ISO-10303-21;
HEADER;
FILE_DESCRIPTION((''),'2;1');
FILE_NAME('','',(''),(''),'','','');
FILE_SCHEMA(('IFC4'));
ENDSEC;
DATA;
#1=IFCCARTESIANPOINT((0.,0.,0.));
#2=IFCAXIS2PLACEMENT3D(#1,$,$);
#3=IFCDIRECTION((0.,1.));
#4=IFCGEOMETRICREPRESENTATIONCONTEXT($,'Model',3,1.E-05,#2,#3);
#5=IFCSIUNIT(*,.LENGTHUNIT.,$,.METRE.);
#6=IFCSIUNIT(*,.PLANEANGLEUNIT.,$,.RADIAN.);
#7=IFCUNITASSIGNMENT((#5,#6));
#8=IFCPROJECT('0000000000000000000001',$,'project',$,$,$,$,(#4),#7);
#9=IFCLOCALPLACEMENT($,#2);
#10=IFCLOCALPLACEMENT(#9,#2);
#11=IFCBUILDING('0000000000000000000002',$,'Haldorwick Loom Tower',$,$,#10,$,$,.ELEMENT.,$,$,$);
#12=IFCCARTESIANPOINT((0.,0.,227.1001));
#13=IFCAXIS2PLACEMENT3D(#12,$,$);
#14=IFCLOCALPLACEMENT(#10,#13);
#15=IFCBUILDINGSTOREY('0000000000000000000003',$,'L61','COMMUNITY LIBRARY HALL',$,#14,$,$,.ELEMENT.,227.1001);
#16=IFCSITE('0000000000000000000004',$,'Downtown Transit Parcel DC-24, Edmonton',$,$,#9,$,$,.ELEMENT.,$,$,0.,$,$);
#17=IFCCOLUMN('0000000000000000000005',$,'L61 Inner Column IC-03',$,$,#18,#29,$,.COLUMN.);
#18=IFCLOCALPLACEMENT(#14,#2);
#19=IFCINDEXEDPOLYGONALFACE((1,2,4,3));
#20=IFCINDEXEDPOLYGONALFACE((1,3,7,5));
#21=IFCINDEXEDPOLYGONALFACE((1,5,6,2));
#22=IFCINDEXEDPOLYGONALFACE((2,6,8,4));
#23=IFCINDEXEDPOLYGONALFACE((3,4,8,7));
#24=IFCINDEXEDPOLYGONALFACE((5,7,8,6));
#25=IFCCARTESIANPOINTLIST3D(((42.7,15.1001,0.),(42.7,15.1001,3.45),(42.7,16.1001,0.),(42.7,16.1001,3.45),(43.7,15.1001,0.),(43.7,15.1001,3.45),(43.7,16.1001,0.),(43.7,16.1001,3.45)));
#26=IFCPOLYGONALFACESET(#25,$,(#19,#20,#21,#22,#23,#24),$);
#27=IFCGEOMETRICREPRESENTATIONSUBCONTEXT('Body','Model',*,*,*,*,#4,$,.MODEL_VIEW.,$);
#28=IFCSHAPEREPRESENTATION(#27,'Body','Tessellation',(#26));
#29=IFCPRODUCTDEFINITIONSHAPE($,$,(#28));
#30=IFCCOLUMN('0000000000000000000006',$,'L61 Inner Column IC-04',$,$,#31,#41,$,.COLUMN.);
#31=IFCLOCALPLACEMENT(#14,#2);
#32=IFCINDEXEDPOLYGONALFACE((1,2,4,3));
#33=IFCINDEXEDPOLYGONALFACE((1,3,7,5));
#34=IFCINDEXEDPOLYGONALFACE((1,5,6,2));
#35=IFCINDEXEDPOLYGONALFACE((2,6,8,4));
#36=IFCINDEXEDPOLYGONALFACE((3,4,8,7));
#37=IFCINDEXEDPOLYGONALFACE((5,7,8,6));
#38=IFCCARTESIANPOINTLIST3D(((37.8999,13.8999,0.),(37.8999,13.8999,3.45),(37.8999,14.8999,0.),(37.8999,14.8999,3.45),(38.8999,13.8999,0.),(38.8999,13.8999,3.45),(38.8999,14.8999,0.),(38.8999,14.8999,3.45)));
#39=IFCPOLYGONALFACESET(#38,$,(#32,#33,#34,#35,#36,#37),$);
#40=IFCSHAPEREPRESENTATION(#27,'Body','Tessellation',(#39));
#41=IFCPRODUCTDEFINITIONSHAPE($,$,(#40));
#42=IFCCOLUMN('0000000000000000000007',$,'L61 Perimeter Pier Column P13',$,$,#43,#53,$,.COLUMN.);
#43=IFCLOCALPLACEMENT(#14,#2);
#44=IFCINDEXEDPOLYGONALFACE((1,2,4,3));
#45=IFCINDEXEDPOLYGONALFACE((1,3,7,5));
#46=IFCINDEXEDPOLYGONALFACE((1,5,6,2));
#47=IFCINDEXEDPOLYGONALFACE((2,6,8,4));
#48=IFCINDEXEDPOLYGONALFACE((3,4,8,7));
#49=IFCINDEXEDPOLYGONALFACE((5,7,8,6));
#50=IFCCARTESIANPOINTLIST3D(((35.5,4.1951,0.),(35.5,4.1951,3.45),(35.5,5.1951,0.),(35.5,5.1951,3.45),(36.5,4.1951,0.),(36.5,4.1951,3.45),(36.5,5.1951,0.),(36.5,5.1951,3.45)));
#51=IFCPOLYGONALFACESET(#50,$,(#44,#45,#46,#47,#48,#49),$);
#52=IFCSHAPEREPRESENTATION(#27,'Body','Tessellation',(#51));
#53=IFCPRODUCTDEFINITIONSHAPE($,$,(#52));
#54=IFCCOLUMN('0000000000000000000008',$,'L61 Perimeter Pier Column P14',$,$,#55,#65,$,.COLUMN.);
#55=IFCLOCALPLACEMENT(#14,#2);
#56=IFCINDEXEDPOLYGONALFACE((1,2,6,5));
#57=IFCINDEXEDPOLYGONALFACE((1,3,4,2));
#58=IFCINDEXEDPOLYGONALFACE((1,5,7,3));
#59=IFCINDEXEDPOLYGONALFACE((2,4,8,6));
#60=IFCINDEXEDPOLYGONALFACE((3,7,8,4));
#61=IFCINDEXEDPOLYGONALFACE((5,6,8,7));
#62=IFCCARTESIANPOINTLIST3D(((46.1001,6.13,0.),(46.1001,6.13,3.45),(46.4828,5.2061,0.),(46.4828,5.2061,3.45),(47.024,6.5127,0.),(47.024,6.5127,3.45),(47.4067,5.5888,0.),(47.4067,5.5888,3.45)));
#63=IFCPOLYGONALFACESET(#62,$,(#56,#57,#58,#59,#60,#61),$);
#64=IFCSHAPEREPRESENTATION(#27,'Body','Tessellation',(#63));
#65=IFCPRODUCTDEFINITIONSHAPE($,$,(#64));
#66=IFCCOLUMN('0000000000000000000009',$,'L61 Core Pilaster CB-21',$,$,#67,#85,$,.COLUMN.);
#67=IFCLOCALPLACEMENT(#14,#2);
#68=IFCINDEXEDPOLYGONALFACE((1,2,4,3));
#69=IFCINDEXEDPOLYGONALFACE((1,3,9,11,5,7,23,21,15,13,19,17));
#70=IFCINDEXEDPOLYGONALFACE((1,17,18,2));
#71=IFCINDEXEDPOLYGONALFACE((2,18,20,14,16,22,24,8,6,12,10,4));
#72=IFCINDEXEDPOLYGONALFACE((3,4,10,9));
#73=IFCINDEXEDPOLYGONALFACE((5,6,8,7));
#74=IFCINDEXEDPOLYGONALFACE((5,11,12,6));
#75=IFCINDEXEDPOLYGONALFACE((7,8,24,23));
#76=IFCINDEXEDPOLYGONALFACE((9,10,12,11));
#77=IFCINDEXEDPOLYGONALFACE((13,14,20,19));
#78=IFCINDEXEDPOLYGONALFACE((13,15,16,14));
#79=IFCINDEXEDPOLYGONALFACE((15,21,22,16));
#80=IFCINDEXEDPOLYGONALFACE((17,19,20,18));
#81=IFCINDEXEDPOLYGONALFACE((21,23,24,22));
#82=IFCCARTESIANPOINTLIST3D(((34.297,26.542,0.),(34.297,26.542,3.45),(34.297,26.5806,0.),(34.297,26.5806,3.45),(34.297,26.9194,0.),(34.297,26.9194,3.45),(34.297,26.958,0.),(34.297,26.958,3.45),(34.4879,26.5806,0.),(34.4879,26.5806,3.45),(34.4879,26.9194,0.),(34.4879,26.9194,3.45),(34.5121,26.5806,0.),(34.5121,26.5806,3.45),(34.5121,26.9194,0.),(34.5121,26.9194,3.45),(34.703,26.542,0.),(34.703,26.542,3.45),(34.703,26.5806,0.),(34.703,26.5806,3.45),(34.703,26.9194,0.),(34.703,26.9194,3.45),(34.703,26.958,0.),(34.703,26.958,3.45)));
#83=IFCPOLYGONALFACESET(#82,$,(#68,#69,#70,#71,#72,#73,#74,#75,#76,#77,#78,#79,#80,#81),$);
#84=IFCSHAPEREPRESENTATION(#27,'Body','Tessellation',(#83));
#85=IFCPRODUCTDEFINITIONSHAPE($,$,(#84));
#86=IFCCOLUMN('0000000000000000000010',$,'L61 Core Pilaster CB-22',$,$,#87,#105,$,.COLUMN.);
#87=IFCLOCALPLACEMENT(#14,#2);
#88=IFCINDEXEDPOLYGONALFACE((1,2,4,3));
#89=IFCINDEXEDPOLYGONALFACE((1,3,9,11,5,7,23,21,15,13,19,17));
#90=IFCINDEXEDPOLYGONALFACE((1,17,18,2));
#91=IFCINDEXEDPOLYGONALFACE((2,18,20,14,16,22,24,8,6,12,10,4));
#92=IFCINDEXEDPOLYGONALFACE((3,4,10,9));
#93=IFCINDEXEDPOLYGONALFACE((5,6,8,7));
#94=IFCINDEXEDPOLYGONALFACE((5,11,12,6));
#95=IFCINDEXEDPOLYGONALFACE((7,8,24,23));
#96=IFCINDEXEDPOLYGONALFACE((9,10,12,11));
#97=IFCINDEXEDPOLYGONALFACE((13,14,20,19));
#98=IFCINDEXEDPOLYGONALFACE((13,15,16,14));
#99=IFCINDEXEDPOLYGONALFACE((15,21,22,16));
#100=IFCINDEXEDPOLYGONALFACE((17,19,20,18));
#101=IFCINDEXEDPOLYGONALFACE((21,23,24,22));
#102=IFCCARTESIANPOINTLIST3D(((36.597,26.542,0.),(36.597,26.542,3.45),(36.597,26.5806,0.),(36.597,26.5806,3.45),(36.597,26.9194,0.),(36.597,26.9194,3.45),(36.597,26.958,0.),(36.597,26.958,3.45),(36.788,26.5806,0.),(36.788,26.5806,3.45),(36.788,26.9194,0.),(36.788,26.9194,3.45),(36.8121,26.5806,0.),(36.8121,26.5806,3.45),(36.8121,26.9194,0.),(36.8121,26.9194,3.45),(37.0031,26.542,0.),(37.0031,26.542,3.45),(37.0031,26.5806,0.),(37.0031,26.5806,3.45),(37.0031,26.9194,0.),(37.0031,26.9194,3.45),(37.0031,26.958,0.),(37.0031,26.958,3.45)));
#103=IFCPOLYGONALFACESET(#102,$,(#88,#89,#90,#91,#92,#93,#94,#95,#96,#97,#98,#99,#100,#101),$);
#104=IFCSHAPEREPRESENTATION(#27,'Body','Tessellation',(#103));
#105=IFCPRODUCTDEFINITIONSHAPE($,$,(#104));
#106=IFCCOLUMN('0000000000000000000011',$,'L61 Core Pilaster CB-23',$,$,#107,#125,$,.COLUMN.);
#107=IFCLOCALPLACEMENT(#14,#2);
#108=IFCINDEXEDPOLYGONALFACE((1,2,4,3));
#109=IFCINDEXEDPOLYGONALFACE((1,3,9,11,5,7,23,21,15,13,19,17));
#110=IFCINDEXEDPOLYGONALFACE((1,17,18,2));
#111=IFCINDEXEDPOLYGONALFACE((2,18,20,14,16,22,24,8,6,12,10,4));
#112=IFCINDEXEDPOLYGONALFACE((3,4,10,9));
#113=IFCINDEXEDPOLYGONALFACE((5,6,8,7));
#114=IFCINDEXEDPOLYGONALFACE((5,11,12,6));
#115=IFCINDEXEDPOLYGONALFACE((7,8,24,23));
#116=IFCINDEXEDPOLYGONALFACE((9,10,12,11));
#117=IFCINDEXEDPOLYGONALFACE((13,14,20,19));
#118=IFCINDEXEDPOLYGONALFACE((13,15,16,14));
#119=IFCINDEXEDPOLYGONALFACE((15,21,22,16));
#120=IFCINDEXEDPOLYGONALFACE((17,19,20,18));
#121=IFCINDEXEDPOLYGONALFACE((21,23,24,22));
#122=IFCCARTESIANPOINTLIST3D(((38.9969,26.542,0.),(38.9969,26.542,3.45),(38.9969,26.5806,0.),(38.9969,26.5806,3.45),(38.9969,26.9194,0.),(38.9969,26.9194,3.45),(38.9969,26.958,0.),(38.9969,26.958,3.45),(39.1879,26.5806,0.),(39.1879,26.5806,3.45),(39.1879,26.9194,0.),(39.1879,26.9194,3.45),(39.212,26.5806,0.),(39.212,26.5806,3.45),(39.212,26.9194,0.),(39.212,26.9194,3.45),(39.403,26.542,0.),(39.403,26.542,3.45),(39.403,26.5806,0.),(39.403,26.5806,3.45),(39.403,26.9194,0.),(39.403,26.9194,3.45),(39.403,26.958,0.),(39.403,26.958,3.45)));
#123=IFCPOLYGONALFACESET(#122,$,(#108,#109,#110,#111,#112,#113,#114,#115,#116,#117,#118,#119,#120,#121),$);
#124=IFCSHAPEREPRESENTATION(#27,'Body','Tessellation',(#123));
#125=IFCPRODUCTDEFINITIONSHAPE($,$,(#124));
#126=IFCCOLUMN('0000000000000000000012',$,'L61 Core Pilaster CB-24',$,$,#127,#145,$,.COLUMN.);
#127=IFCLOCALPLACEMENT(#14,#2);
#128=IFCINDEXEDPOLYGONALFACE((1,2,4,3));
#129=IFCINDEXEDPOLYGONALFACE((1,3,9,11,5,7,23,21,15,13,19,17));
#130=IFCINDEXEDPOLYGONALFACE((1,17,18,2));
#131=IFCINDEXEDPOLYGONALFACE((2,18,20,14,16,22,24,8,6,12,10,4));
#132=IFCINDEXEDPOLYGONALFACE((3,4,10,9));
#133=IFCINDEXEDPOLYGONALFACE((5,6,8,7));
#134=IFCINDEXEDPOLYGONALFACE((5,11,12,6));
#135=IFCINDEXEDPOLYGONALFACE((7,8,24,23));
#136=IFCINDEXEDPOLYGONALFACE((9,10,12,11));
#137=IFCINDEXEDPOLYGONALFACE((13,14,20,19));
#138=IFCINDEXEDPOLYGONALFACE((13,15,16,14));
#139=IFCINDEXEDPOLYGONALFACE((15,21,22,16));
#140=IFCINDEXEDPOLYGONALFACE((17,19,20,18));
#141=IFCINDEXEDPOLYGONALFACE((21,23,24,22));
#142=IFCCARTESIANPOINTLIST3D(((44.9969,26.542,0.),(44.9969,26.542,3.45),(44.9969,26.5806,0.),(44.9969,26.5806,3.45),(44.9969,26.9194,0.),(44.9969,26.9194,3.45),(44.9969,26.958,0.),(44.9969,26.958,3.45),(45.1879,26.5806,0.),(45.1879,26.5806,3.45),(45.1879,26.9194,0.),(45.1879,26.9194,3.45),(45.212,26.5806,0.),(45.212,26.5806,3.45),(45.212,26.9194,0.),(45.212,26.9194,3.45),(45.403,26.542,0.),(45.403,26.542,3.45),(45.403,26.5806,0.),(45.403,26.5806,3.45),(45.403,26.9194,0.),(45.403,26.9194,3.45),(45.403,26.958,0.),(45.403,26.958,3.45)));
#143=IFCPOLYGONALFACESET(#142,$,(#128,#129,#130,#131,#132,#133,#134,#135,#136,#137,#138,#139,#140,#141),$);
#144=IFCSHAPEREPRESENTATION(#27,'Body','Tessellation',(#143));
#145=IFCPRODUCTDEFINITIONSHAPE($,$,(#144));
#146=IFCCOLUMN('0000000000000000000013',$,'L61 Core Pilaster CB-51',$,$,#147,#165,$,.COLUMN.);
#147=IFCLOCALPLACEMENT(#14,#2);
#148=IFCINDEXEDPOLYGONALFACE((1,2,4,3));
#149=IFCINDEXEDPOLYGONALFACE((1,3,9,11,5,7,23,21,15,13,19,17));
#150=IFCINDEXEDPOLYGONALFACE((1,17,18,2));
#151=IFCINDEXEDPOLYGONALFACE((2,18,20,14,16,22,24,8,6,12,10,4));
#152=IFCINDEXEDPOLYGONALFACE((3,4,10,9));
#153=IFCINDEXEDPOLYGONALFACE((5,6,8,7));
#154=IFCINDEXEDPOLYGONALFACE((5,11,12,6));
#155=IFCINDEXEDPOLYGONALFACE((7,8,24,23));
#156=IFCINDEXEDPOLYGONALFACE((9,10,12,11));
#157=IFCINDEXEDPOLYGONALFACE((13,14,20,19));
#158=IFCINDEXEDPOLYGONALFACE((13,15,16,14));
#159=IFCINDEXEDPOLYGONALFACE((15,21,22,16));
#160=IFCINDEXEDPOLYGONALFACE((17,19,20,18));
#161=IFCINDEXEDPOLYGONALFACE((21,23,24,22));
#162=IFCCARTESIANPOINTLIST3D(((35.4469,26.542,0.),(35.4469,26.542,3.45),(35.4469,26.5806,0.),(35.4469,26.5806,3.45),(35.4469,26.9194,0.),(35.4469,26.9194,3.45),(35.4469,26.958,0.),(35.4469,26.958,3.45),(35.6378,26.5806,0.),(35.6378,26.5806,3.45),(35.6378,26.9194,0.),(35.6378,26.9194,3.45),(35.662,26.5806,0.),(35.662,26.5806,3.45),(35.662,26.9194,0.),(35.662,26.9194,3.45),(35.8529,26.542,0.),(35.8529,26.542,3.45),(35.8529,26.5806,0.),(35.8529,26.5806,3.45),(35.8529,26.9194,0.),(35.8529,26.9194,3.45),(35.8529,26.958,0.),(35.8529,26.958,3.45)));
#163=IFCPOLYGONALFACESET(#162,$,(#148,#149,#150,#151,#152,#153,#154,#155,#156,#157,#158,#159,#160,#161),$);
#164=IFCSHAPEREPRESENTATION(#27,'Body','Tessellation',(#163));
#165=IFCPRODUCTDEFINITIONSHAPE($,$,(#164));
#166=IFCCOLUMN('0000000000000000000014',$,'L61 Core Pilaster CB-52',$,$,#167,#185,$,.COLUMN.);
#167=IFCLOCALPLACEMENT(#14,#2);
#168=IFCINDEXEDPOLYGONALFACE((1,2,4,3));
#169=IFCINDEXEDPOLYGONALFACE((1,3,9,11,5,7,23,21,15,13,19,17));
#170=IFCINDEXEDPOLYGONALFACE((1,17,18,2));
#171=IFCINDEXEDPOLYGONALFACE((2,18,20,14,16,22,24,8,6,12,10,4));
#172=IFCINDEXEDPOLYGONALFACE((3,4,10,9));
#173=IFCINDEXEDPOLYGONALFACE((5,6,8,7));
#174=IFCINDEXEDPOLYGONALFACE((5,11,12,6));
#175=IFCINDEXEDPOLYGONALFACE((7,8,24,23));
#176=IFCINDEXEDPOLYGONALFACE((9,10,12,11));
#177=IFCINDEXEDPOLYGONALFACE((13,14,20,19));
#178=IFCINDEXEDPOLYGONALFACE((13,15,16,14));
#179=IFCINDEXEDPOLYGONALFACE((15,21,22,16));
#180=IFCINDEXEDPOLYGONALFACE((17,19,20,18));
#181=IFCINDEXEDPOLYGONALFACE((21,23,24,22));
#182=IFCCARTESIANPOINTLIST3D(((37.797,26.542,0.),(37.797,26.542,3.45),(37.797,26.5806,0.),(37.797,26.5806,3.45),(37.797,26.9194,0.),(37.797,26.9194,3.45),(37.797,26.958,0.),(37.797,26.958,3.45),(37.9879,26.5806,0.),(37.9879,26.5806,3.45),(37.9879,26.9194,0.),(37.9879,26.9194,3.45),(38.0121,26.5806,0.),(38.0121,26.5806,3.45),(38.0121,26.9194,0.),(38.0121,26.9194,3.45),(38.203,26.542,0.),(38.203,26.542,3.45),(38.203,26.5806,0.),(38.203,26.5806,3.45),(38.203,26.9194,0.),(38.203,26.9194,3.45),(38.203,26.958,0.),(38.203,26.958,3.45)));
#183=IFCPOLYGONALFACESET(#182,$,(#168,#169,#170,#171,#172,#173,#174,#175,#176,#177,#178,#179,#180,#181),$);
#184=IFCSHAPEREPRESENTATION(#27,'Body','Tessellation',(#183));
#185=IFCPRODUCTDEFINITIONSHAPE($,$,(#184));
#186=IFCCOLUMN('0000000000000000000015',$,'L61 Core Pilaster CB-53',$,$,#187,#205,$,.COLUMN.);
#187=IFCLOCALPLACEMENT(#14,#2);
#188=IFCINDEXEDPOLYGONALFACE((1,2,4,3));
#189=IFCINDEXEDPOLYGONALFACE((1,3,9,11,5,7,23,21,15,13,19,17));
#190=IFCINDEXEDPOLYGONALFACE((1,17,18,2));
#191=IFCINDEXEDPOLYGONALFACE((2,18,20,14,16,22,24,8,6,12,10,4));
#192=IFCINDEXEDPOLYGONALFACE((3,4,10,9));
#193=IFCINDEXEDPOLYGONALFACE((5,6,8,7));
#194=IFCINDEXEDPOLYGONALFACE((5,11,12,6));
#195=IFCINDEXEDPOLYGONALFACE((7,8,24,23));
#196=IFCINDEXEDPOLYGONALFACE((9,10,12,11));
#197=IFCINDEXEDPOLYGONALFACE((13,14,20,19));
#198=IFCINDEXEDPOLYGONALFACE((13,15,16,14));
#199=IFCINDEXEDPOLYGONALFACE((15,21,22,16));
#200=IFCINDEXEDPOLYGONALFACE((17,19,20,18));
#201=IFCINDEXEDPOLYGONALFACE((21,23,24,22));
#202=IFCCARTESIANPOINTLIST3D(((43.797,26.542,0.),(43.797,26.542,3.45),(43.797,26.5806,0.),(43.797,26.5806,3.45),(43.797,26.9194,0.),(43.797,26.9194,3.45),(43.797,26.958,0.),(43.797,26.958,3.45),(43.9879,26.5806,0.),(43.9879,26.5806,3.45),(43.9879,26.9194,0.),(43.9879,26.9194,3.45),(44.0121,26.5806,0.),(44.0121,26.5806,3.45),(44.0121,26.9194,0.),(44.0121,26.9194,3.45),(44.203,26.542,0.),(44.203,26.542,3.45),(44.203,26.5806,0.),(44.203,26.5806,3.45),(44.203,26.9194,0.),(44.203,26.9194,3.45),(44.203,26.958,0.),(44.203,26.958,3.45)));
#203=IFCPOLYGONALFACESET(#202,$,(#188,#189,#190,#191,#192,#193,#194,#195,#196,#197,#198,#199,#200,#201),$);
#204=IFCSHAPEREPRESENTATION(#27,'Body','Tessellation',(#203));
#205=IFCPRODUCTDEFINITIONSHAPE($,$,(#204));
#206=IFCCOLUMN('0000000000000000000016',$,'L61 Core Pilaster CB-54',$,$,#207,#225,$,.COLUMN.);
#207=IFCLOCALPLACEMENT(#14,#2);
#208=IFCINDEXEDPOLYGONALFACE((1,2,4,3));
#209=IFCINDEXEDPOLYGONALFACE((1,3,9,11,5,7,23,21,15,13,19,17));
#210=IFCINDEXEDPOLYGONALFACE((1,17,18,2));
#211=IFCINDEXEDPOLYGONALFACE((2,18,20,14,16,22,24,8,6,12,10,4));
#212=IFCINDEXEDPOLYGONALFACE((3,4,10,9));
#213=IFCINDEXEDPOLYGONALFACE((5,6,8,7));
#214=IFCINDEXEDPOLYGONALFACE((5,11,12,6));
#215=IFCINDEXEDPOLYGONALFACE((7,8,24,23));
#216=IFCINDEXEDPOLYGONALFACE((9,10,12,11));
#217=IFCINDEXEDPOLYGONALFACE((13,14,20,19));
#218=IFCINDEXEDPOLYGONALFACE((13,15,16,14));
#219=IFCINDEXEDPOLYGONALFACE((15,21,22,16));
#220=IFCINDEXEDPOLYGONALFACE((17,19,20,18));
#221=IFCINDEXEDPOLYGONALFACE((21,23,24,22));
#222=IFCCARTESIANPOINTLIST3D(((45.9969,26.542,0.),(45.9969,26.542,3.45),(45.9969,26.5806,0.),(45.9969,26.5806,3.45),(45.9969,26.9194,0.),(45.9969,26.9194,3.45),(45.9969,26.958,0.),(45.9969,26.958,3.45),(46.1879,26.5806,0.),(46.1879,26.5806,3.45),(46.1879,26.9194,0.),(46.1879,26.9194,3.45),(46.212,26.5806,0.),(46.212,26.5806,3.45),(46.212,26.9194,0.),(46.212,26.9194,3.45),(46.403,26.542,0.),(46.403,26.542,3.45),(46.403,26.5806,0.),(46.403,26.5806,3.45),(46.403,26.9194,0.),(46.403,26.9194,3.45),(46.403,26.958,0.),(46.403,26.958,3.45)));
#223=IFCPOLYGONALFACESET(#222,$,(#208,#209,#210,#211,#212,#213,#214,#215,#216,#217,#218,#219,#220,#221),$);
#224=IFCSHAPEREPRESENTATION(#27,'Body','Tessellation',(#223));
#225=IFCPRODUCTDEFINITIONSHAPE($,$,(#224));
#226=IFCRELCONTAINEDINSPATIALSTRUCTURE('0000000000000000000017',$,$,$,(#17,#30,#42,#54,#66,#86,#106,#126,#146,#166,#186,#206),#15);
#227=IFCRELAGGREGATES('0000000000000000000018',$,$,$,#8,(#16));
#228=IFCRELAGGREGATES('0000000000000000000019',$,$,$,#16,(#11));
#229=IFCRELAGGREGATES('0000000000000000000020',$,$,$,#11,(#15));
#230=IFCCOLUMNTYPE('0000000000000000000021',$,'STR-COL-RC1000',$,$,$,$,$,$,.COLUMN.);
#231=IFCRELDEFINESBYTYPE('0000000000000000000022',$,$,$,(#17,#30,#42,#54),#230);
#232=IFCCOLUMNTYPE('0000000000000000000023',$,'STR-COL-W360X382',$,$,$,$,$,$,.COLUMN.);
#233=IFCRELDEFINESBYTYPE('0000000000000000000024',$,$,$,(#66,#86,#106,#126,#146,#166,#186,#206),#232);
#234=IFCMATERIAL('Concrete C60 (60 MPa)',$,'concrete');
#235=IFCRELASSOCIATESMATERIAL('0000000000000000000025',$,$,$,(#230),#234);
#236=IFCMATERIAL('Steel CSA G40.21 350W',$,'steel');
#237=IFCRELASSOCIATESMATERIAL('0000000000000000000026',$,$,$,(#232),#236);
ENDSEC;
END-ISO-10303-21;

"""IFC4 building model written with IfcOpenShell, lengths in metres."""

from ifc_helpers import new_model, si_unit, direction, frame, origin, origin_2d, place, context, subcontext, project, spatial, rectangle, i_section, extrude, material, material_profile, profile_set, type_object, element, save


model = new_model("IFC4")

# Units and contexts
model_context = context("Model", 3, precision=1e-05, world=origin(), true_north=direction((0.0, 1.0)))
body_context = subcontext(model_context, "Body", "Model", "MODEL_VIEW")
ifc_project = project(units=[si_unit("LENGTHUNIT", "METRE"), si_unit("PLANEANGLEUNIT", "RADIAN")], contexts=[model_context])

# Site, building, storey
site_placement = place(None, origin())
site = spatial("IfcSite", under=ifc_project, at=site_placement, Name="Downtown Transit Parcel DC-24, Edmonton", CompositionType="ELEMENT", RefElevation=0.0)
building_placement = place(site_placement, origin())
building = spatial("IfcBuilding", under=site, at=building_placement, Name="Haldorwick Loom Tower", CompositionType="ELEMENT")
storey_placement = place(building_placement, frame((0.0, 0.0, 227.1001)))
storey = spatial("IfcBuildingStorey", under=building, at=storey_placement, Name="L61", Description="COMMUNITY LIBRARY HALL", CompositionType="ELEMENT", Elevation=227.1001)

# Columns
ifc_material_1 = material(Name="Concrete C60 (60 MPa)", Category="concrete")
ifc_material_profile_1 = material_profile(ifc_material_1, rectangle(XDim=1.0, YDim=1.0, at=origin_2d()), Name="RC1000X1000", Category="concrete")
ifc_profile_set_1 = profile_set([ifc_material_profile_1], Name="Concrete C60 (60 MPa)")
column_type_1 = type_object("IfcColumnType", Name="STR-COL-RC1000", PredefinedType="COLUMN", material=ifc_profile_set_1)
for number, where, z_axis, x_axis, name in (
    (1, (43.2, 15.6001, 0.0), (0.0, 0.0, 1.0), (1.0, 0.0, 0.0), "L61 Inner Column IC-03"),
    (2, (38.3999, 14.3999, 0.0), (0.0, 0.0, 1.0), (1.0, 0.0, 0.0), "L61 Inner Column IC-04"),
    (3, (36.0, 4.6951, 0.0), (0.0, 0.0, 1.0), (0.0, -1.0, 0.0), "L61 Perimeter Pier Column P13"),
    (4, (46.7534, 5.8594, 0.0), (0.0, 0.0, 1.0), (0.382683, -0.92388, 0.0), "L61 Perimeter Pier Column P14"),
):
    element("IfcColumn", number, at=place(storey_placement, frame(where, z_axis=z_axis, x_axis=x_axis)), inside=storey, type_object=column_type_1, Name=name, PredefinedType="COLUMN", context=body_context, shape_type="SweptSolid", body=[
        extrude(rectangle(XDim=1.0, YDim=1.0, at=origin_2d()), origin(), (0.0, 0.0, 1.0), 3.45),
    ])
ifc_material_2 = material(Name="Steel CSA G40.21 350W", Category="steel")
ifc_material_profile_2 = material_profile(ifc_material_2, i_section(OverallWidth=0.406, OverallDepth=0.416, WebThickness=0.0242, FlangeThickness=0.0386, at=origin_2d()), Name="W360X382", Category="steel")
ifc_profile_set_2 = profile_set([ifc_material_profile_2], Name="Steel CSA G40.21 350W")
column_type_2 = type_object("IfcColumnType", Name="STR-COL-W360X382", PredefinedType="COLUMN", material=ifc_profile_set_2)
for number, where, z_axis, x_axis, name in (
    (5, (34.5, 26.75, 0.0), (0.0, 0.0, 1.0), (1.0, 0.0, 0.0), "L61 Core Pilaster CB-21"),
    (6, (36.8, 26.75, 0.0), (0.0, 0.0, 1.0), (1.0, 0.0, 0.0), "L61 Core Pilaster CB-22"),
    (7, (39.2, 26.75, 0.0), (0.0, 0.0, 1.0), (1.0, 0.0, 0.0), "L61 Core Pilaster CB-23"),
    (8, (45.2, 26.75, 0.0), (0.0, 0.0, 1.0), (1.0, 0.0, 0.0), "L61 Core Pilaster CB-24"),
    (9, (35.6499, 26.75, 0.0), (0.0, 0.0, 1.0), (1.0, 0.0, 0.0), "L61 Core Pilaster CB-51"),
    (10, (38.0, 26.75, 0.0), (0.0, 0.0, 1.0), (1.0, 0.0, 0.0), "L61 Core Pilaster CB-52"),
    (11, (44.0, 26.75, 0.0), (0.0, 0.0, 1.0), (1.0, 0.0, 0.0), "L61 Core Pilaster CB-53"),
    (12, (46.2, 26.75, 0.0), (0.0, 0.0, 1.0), (1.0, 0.0, 0.0), "L61 Core Pilaster CB-54"),
):
    element("IfcColumn", number, at=place(storey_placement, frame(where, z_axis=z_axis, x_axis=x_axis)), inside=storey, type_object=column_type_2, Name=name, PredefinedType="COLUMN", context=body_context, shape_type="SweptSolid", body=[
        extrude(i_section(OverallWidth=0.406, OverallDepth=0.416, WebThickness=0.0242, FlangeThickness=0.0386, at=origin_2d()), origin(), (0.0, 0.0, 1.0), 3.45),
    ])

save(model, "model.ifc")
